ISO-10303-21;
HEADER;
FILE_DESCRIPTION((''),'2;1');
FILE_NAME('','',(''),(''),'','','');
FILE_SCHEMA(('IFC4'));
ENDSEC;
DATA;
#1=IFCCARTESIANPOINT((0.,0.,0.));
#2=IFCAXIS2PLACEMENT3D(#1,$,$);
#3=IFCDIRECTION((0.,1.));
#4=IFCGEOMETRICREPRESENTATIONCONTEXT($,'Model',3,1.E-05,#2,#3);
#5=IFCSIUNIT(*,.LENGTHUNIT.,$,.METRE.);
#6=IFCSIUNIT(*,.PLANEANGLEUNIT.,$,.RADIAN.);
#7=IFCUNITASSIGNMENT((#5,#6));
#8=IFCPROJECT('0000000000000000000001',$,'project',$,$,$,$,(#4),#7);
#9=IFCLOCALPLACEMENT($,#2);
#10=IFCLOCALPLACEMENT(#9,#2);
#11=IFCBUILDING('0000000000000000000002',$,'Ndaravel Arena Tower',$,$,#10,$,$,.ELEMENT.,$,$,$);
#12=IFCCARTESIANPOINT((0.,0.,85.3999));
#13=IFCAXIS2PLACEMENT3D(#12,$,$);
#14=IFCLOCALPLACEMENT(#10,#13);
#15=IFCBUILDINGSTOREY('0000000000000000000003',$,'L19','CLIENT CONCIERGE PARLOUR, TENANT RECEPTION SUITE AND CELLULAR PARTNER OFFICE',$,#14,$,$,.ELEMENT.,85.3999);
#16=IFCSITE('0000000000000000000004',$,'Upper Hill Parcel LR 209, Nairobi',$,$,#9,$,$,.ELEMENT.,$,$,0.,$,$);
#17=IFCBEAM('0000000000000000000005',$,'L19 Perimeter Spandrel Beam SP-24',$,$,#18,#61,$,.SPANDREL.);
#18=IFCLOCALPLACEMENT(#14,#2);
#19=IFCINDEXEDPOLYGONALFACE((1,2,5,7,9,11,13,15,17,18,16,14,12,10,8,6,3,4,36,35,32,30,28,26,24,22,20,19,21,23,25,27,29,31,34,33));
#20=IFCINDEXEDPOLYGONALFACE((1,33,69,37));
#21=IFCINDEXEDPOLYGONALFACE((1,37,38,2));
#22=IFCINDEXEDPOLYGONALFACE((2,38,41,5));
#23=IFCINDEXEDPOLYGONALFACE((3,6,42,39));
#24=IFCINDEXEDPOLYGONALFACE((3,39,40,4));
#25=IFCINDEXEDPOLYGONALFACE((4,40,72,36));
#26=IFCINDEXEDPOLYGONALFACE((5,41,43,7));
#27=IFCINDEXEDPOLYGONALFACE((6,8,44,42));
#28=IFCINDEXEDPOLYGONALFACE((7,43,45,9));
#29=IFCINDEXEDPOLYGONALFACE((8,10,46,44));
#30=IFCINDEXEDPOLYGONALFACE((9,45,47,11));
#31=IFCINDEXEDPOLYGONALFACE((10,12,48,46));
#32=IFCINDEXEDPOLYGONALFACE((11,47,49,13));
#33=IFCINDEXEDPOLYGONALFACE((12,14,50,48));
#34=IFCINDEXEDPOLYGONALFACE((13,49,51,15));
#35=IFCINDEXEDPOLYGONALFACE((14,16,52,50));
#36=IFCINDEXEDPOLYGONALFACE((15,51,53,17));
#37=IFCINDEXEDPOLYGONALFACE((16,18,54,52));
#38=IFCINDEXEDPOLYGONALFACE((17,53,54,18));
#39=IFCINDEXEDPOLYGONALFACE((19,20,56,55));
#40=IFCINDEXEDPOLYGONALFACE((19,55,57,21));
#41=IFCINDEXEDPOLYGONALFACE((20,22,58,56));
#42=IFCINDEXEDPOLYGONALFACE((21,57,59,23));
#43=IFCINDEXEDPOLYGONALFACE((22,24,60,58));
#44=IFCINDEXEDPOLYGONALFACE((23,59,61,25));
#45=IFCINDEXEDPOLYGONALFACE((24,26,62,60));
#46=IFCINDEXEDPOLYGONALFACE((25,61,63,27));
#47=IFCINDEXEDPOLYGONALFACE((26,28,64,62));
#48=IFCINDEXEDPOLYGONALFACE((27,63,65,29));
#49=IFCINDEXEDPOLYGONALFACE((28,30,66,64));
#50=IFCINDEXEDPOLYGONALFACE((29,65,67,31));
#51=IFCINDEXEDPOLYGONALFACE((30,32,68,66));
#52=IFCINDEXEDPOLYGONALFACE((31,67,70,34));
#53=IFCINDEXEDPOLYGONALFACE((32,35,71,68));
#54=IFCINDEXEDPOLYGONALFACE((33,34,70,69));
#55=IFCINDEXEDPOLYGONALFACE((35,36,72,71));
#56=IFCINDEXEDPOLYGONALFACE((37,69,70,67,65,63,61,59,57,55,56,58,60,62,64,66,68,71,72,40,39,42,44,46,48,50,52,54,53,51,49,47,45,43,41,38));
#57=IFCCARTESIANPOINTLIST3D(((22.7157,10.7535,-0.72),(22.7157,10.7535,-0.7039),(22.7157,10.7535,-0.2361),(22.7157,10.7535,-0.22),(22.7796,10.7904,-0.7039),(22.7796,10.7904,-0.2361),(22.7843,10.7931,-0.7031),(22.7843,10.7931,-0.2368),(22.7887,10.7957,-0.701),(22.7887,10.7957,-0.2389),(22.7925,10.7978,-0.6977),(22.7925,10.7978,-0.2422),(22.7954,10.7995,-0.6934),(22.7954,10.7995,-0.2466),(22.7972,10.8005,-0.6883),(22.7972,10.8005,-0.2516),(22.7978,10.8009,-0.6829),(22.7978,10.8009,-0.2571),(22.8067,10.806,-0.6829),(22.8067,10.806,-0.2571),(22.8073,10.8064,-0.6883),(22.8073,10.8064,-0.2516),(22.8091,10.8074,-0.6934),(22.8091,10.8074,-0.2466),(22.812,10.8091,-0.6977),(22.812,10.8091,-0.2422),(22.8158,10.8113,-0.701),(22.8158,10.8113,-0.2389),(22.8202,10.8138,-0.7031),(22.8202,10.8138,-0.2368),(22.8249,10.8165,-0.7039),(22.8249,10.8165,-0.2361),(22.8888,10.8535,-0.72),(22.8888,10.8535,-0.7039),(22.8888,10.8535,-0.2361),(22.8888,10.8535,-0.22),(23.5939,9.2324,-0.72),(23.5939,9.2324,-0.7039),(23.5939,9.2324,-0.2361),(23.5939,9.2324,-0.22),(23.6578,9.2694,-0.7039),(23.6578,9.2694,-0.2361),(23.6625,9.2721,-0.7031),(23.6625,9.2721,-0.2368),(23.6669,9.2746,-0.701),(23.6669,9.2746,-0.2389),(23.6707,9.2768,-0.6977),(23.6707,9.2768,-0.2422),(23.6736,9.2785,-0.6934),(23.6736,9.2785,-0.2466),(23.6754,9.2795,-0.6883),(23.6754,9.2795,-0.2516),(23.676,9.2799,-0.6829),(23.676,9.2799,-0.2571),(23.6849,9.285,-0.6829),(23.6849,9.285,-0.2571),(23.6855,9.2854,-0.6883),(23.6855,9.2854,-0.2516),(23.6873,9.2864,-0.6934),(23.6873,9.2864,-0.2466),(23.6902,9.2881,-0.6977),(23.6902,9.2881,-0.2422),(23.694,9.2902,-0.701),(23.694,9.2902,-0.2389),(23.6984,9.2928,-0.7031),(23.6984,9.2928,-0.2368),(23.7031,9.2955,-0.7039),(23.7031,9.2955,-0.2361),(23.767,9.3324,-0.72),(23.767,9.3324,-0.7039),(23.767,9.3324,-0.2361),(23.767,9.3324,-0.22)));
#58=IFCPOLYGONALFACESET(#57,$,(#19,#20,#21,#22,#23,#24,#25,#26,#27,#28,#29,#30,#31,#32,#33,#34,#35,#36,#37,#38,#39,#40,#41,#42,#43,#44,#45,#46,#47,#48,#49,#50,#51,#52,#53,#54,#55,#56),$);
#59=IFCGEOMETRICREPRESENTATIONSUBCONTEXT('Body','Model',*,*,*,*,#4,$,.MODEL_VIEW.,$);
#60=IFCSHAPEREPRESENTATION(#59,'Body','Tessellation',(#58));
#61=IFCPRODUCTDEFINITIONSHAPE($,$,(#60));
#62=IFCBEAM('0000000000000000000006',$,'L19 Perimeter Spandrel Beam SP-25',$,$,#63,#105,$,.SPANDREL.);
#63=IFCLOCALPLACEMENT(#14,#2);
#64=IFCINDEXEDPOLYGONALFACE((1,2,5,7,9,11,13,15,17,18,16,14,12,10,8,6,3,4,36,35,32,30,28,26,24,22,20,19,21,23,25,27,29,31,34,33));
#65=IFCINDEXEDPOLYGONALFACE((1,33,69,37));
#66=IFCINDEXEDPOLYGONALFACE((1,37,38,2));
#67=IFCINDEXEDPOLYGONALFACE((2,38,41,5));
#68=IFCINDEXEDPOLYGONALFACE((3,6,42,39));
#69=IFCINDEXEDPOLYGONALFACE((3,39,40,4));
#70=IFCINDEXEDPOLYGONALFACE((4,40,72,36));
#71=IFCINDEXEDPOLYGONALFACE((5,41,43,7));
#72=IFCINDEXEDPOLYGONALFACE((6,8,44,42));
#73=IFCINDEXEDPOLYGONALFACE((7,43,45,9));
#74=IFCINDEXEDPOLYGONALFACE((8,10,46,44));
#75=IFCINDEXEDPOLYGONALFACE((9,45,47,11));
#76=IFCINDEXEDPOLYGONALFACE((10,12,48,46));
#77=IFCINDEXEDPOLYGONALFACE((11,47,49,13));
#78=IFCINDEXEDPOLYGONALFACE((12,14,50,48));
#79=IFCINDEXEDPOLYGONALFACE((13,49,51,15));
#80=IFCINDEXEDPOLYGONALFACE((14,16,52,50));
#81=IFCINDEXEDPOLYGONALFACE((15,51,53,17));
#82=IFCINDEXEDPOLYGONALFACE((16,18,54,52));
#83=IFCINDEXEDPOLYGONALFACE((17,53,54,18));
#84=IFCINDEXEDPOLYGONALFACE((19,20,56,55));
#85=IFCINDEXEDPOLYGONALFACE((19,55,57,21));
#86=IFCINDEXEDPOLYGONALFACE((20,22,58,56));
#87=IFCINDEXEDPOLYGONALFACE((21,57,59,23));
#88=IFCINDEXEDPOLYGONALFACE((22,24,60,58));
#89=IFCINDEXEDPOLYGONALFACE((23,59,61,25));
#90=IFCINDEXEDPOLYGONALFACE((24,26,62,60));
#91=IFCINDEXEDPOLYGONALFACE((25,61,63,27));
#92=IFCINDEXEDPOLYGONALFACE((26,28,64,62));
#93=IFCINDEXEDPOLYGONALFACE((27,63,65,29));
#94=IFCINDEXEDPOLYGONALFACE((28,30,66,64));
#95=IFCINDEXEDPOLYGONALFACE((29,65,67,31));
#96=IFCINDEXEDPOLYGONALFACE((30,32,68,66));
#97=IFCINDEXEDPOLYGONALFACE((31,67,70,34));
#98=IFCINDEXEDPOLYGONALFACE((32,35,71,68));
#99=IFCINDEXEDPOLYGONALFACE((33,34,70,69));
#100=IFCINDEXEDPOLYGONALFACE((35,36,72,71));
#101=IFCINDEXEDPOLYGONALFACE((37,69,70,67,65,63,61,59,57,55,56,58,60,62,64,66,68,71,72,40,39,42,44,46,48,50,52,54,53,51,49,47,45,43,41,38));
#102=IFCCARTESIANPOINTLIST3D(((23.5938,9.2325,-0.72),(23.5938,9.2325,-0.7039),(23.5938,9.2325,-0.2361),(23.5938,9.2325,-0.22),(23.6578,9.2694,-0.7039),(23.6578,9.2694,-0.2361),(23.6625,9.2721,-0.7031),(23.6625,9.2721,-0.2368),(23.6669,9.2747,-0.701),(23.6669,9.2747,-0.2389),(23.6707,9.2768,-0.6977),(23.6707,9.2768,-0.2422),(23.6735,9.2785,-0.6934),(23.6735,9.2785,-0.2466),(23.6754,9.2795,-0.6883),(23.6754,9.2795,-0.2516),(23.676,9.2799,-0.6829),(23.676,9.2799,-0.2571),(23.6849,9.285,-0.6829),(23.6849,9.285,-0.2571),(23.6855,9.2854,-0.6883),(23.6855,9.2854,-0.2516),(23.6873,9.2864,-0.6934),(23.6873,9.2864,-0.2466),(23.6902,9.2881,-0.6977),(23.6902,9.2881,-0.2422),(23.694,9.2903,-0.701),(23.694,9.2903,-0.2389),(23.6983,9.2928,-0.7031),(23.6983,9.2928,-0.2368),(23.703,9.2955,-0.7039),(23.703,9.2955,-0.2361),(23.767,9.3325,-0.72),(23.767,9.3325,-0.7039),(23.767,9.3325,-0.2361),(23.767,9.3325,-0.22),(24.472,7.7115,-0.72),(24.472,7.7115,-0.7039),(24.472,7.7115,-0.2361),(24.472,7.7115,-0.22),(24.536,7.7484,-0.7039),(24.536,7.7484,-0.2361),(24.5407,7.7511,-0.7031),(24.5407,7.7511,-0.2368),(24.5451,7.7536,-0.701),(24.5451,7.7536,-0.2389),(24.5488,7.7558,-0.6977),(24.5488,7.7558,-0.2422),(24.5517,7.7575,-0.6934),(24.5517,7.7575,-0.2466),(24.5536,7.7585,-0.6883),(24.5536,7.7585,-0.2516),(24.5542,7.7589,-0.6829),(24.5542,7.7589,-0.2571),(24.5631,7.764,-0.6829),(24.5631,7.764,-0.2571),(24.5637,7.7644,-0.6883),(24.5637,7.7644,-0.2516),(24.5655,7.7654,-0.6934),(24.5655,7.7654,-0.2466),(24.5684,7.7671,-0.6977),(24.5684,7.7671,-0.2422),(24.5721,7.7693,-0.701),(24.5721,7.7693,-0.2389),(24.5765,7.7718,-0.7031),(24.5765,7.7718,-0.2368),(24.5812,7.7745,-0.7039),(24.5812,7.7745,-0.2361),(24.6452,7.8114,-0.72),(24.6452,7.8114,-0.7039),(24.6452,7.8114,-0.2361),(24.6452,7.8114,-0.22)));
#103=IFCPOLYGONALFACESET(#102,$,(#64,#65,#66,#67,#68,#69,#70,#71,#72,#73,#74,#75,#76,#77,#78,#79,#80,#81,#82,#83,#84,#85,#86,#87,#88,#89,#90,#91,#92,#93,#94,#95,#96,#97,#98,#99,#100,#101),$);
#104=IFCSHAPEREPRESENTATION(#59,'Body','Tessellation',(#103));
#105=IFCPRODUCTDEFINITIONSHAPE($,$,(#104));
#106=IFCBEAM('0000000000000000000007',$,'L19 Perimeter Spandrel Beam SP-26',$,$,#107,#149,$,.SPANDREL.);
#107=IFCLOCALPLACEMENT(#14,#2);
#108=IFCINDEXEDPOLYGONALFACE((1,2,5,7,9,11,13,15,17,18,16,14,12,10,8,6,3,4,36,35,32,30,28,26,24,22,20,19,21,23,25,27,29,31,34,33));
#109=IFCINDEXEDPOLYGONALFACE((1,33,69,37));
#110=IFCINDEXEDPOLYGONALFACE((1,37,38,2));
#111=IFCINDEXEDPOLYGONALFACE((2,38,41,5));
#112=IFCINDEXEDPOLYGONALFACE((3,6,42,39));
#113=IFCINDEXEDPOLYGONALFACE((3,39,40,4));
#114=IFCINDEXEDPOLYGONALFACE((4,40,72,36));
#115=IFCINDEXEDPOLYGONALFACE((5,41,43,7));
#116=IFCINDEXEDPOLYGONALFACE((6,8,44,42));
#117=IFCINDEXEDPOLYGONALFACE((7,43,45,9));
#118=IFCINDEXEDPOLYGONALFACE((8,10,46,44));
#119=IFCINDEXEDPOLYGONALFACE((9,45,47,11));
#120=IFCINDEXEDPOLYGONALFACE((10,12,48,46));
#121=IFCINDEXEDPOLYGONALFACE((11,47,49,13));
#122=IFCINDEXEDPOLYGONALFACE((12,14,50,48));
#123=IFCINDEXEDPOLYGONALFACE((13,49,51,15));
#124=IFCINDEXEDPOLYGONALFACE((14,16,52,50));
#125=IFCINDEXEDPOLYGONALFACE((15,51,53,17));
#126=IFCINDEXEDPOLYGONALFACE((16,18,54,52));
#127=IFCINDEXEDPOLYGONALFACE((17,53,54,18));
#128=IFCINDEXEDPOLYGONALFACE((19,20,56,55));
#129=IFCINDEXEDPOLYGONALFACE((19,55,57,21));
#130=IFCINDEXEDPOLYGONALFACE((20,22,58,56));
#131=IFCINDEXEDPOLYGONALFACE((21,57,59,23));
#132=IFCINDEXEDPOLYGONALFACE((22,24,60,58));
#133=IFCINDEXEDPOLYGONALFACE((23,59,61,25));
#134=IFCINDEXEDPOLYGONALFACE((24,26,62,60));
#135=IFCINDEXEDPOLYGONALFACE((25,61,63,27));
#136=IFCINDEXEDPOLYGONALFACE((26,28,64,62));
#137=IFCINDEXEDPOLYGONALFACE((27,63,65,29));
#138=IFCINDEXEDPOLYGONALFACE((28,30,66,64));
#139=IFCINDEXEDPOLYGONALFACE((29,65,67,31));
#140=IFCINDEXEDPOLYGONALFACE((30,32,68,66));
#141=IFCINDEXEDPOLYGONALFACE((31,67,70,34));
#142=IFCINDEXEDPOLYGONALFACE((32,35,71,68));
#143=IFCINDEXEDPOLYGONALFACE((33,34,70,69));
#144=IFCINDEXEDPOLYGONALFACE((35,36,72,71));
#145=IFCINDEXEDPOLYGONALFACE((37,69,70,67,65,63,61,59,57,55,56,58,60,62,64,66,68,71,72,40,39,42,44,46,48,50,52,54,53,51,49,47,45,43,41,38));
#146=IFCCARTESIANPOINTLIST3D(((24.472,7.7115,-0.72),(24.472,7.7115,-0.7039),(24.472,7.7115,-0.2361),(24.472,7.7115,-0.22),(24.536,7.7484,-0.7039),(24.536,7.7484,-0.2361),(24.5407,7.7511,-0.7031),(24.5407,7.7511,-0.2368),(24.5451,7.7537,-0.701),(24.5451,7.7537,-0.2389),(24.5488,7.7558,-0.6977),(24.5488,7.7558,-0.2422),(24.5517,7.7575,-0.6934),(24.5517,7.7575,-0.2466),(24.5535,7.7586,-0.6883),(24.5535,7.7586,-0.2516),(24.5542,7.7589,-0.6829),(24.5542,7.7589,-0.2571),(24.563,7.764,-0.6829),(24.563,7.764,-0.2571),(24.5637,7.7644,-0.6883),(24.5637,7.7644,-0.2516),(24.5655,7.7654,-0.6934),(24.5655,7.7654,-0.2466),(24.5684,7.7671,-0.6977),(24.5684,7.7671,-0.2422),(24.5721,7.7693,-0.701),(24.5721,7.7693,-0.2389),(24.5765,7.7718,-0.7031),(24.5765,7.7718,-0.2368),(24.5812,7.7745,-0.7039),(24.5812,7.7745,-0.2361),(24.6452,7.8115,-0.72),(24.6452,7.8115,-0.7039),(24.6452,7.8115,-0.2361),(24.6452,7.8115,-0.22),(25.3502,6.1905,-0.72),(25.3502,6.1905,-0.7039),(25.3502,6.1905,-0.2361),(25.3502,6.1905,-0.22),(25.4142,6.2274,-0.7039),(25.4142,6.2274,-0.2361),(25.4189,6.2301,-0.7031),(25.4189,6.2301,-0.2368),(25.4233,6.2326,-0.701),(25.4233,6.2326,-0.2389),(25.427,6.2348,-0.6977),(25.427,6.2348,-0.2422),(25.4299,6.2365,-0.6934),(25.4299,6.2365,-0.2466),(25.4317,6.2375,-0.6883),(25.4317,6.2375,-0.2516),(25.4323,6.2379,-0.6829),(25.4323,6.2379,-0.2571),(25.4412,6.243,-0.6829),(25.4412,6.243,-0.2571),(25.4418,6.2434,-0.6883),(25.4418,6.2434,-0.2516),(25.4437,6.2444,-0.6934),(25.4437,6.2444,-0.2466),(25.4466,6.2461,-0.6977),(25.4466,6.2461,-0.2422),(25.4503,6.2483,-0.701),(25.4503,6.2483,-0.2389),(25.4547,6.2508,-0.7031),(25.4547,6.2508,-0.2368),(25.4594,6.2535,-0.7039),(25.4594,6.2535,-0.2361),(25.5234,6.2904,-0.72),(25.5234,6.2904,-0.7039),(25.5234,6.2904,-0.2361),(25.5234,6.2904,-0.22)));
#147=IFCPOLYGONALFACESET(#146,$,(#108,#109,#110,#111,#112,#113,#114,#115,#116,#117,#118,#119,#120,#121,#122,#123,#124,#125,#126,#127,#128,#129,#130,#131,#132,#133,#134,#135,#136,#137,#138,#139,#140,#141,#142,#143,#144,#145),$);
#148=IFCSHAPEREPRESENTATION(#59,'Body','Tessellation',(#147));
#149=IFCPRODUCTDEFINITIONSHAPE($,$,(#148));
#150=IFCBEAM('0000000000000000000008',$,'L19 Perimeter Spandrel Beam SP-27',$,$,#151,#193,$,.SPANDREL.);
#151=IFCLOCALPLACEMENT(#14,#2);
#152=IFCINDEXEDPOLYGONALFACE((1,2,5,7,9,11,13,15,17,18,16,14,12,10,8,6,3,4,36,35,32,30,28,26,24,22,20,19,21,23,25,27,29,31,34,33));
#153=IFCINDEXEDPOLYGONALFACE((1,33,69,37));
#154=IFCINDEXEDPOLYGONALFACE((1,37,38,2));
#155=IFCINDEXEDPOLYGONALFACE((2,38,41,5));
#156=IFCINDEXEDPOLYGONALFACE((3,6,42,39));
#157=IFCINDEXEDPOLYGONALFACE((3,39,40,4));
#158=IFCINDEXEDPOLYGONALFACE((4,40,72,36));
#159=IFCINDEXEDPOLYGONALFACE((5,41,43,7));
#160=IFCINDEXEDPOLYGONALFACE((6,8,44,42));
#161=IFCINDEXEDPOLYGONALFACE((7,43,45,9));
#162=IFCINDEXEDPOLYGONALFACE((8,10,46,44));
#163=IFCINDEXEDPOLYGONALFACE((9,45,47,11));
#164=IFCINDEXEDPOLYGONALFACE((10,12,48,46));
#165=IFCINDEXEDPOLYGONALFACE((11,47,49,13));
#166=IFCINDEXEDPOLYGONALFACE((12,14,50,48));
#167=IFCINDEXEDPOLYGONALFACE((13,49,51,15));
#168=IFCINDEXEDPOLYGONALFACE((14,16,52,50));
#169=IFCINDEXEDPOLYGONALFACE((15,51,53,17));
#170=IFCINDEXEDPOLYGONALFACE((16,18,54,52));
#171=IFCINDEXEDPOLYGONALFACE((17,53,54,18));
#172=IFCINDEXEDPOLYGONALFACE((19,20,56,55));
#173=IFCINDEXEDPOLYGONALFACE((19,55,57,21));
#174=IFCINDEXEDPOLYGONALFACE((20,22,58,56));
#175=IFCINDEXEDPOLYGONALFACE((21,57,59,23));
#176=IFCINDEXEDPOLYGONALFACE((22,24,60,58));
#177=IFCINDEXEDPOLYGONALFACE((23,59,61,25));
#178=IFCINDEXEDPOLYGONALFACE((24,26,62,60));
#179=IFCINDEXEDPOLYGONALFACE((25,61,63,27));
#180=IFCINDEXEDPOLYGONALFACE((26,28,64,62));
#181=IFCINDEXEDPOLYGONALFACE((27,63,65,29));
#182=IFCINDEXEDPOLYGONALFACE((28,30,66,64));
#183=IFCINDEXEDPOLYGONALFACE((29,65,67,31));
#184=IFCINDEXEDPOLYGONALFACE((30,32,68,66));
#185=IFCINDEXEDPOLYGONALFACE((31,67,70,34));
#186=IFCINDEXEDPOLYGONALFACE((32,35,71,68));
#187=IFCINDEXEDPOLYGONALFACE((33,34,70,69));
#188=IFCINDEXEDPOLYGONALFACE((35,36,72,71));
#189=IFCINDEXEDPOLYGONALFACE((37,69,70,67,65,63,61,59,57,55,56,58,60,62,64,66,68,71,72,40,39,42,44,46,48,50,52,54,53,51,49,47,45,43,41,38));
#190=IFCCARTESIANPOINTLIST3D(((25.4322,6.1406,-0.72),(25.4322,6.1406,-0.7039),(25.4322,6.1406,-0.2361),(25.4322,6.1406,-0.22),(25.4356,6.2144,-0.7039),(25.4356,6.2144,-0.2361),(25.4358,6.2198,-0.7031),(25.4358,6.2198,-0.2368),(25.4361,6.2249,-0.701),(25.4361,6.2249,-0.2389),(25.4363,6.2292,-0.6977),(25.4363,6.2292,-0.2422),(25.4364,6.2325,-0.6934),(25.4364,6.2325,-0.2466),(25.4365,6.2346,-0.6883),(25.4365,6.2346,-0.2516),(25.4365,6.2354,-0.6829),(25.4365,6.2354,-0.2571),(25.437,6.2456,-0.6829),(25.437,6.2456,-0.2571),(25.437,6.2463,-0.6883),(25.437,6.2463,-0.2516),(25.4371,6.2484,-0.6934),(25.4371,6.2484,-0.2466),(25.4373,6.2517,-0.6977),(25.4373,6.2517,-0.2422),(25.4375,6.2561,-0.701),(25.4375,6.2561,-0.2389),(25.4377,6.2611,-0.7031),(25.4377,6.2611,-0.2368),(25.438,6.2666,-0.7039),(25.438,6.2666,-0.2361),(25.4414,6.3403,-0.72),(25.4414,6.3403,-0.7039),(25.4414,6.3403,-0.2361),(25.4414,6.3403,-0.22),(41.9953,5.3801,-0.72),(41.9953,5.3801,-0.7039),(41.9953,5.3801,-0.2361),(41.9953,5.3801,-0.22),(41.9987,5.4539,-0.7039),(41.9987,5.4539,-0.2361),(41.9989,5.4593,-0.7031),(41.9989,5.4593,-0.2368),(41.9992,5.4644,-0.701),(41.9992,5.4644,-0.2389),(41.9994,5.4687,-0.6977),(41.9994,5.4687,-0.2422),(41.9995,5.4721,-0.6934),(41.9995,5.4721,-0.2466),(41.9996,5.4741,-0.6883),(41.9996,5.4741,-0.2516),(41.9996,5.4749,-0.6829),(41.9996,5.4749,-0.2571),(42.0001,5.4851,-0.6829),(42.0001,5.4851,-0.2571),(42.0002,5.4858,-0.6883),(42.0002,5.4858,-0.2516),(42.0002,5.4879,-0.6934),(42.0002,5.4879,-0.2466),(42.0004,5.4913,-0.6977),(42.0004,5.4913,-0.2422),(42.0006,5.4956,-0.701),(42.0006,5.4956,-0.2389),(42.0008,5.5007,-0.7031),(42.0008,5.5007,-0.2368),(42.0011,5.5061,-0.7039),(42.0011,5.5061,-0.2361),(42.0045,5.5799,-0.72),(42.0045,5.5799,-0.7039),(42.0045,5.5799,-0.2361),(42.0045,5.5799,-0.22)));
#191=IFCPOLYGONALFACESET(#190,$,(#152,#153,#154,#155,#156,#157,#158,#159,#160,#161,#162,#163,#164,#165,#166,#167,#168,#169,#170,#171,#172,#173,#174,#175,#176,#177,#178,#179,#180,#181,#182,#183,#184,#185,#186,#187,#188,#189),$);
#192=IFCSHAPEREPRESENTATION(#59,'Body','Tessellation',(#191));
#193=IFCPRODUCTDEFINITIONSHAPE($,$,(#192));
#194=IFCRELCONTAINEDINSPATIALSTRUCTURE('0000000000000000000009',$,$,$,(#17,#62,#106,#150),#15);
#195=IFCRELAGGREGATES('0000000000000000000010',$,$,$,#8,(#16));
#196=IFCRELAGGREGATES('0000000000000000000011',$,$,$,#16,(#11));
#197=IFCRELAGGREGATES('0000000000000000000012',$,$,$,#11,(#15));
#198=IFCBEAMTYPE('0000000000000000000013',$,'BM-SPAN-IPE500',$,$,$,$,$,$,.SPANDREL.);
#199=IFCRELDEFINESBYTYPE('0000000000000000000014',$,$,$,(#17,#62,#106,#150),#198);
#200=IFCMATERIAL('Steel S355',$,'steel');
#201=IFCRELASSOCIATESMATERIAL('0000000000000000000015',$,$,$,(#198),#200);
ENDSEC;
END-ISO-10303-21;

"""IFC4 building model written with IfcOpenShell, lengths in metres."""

from ifc_helpers import new_model, si_unit, direction, frame, origin, origin_2d, place, context, subcontext, project, spatial, i_section, extrude, material, material_profile, profile_set, type_object, element, save


model = new_model("IFC4")

# Units and contexts
model_context = context("Model", 3, precision=1e-05, world=origin(), true_north=direction((0.0, 1.0)))
body_context = subcontext(model_context, "Body", "Model", "MODEL_VIEW")
ifc_project = project(units=[si_unit("LENGTHUNIT", "METRE"), si_unit("PLANEANGLEUNIT", "RADIAN")], contexts=[model_context])

# Site, building, storey
site_placement = place(None, origin())
site = spatial("IfcSite", under=ifc_project, at=site_placement, Name="Upper Hill Parcel LR 209, Nairobi", CompositionType="ELEMENT", RefElevation=0.0)
building_placement = place(site_placement, origin())
building = spatial("IfcBuilding", under=site, at=building_placement, Name="Ndaravel Arena Tower", CompositionType="ELEMENT")
storey_placement = place(building_placement, frame((0.0, 0.0, 85.3999)))
storey = spatial("IfcBuildingStorey", under=building, at=storey_placement, Name="L19", Description="CLIENT CONCIERGE PARLOUR, TENANT RECEPTION SUITE AND CELLULAR PARTNER OFFICE", CompositionType="ELEMENT", Elevation=85.3999)

# Beams
ifc_material_1 = material(Name="Steel S355", Category="steel")
ifc_material_profile_1 = material_profile(ifc_material_1, i_section(OverallWidth=0.2, OverallDepth=0.5, WebThickness=0.0103, FlangeThickness=0.0161, FilletRadius=0.021, at=origin_2d()), Name="IPE 500")
ifc_profile_set_1 = profile_set([ifc_material_profile_1], Name="Steel S355")
beam_type = type_object("IfcBeamType", Name="BM-SPAN-IPE500", PredefinedType="SPANDREL", material=ifc_profile_set_1)
for number, where, z_axis, x_axis, name in (
    (1, (22.8022, 10.8035, -0.47), (0.500011, -0.866019, 0.0), (0.866019, 0.500011, 0.0), "L19 Perimeter Spandrel Beam SP-24"),
    (2, (23.6804, 9.2825, -0.47), (0.500011, -0.866019, 0.0), (0.866019, 0.500011, 0.0), "L19 Perimeter Spandrel Beam SP-25"),
    (3, (24.5586, 7.7615, -0.47), (0.500011, -0.866019, 0.0), (0.866019, 0.500011, 0.0), "L19 Perimeter Spandrel Beam SP-26"),
):
    element("IfcBeam", number, at=place(storey_placement, frame(where, z_axis=z_axis, x_axis=x_axis)), inside=storey, type_object=beam_type, Name=name, PredefinedType="SPANDREL", context=body_context, shape_type="SweptSolid", body=[
        extrude(i_section(OverallWidth=0.2, OverallDepth=0.5, WebThickness=0.0103, FlangeThickness=0.0161, FilletRadius=0.021, at=origin_2d()), origin(), (0.0, 0.0, 1.0), 1.7563),
    ])
beam_1_placement = place(storey_placement, frame((25.4368, 6.2405, -0.47), z_axis=(0.998948, -0.045867, 0.0), x_axis=(0.045867, 0.998948, 0.0)))
element("IfcBeam", 4, at=beam_1_placement, inside=storey, type_object=beam_type, Name="L19 Perimeter Spandrel Beam SP-27", PredefinedType="SPANDREL", context=body_context, shape_type="SweptSolid", body=[
    extrude(i_section(OverallWidth=0.2, OverallDepth=0.5, WebThickness=0.0103, FlangeThickness=0.0161, FilletRadius=0.021, at=origin_2d()), origin(), (0.0, 0.0, 1.0), 16.5806),
])

save(model, "model.ifc")
